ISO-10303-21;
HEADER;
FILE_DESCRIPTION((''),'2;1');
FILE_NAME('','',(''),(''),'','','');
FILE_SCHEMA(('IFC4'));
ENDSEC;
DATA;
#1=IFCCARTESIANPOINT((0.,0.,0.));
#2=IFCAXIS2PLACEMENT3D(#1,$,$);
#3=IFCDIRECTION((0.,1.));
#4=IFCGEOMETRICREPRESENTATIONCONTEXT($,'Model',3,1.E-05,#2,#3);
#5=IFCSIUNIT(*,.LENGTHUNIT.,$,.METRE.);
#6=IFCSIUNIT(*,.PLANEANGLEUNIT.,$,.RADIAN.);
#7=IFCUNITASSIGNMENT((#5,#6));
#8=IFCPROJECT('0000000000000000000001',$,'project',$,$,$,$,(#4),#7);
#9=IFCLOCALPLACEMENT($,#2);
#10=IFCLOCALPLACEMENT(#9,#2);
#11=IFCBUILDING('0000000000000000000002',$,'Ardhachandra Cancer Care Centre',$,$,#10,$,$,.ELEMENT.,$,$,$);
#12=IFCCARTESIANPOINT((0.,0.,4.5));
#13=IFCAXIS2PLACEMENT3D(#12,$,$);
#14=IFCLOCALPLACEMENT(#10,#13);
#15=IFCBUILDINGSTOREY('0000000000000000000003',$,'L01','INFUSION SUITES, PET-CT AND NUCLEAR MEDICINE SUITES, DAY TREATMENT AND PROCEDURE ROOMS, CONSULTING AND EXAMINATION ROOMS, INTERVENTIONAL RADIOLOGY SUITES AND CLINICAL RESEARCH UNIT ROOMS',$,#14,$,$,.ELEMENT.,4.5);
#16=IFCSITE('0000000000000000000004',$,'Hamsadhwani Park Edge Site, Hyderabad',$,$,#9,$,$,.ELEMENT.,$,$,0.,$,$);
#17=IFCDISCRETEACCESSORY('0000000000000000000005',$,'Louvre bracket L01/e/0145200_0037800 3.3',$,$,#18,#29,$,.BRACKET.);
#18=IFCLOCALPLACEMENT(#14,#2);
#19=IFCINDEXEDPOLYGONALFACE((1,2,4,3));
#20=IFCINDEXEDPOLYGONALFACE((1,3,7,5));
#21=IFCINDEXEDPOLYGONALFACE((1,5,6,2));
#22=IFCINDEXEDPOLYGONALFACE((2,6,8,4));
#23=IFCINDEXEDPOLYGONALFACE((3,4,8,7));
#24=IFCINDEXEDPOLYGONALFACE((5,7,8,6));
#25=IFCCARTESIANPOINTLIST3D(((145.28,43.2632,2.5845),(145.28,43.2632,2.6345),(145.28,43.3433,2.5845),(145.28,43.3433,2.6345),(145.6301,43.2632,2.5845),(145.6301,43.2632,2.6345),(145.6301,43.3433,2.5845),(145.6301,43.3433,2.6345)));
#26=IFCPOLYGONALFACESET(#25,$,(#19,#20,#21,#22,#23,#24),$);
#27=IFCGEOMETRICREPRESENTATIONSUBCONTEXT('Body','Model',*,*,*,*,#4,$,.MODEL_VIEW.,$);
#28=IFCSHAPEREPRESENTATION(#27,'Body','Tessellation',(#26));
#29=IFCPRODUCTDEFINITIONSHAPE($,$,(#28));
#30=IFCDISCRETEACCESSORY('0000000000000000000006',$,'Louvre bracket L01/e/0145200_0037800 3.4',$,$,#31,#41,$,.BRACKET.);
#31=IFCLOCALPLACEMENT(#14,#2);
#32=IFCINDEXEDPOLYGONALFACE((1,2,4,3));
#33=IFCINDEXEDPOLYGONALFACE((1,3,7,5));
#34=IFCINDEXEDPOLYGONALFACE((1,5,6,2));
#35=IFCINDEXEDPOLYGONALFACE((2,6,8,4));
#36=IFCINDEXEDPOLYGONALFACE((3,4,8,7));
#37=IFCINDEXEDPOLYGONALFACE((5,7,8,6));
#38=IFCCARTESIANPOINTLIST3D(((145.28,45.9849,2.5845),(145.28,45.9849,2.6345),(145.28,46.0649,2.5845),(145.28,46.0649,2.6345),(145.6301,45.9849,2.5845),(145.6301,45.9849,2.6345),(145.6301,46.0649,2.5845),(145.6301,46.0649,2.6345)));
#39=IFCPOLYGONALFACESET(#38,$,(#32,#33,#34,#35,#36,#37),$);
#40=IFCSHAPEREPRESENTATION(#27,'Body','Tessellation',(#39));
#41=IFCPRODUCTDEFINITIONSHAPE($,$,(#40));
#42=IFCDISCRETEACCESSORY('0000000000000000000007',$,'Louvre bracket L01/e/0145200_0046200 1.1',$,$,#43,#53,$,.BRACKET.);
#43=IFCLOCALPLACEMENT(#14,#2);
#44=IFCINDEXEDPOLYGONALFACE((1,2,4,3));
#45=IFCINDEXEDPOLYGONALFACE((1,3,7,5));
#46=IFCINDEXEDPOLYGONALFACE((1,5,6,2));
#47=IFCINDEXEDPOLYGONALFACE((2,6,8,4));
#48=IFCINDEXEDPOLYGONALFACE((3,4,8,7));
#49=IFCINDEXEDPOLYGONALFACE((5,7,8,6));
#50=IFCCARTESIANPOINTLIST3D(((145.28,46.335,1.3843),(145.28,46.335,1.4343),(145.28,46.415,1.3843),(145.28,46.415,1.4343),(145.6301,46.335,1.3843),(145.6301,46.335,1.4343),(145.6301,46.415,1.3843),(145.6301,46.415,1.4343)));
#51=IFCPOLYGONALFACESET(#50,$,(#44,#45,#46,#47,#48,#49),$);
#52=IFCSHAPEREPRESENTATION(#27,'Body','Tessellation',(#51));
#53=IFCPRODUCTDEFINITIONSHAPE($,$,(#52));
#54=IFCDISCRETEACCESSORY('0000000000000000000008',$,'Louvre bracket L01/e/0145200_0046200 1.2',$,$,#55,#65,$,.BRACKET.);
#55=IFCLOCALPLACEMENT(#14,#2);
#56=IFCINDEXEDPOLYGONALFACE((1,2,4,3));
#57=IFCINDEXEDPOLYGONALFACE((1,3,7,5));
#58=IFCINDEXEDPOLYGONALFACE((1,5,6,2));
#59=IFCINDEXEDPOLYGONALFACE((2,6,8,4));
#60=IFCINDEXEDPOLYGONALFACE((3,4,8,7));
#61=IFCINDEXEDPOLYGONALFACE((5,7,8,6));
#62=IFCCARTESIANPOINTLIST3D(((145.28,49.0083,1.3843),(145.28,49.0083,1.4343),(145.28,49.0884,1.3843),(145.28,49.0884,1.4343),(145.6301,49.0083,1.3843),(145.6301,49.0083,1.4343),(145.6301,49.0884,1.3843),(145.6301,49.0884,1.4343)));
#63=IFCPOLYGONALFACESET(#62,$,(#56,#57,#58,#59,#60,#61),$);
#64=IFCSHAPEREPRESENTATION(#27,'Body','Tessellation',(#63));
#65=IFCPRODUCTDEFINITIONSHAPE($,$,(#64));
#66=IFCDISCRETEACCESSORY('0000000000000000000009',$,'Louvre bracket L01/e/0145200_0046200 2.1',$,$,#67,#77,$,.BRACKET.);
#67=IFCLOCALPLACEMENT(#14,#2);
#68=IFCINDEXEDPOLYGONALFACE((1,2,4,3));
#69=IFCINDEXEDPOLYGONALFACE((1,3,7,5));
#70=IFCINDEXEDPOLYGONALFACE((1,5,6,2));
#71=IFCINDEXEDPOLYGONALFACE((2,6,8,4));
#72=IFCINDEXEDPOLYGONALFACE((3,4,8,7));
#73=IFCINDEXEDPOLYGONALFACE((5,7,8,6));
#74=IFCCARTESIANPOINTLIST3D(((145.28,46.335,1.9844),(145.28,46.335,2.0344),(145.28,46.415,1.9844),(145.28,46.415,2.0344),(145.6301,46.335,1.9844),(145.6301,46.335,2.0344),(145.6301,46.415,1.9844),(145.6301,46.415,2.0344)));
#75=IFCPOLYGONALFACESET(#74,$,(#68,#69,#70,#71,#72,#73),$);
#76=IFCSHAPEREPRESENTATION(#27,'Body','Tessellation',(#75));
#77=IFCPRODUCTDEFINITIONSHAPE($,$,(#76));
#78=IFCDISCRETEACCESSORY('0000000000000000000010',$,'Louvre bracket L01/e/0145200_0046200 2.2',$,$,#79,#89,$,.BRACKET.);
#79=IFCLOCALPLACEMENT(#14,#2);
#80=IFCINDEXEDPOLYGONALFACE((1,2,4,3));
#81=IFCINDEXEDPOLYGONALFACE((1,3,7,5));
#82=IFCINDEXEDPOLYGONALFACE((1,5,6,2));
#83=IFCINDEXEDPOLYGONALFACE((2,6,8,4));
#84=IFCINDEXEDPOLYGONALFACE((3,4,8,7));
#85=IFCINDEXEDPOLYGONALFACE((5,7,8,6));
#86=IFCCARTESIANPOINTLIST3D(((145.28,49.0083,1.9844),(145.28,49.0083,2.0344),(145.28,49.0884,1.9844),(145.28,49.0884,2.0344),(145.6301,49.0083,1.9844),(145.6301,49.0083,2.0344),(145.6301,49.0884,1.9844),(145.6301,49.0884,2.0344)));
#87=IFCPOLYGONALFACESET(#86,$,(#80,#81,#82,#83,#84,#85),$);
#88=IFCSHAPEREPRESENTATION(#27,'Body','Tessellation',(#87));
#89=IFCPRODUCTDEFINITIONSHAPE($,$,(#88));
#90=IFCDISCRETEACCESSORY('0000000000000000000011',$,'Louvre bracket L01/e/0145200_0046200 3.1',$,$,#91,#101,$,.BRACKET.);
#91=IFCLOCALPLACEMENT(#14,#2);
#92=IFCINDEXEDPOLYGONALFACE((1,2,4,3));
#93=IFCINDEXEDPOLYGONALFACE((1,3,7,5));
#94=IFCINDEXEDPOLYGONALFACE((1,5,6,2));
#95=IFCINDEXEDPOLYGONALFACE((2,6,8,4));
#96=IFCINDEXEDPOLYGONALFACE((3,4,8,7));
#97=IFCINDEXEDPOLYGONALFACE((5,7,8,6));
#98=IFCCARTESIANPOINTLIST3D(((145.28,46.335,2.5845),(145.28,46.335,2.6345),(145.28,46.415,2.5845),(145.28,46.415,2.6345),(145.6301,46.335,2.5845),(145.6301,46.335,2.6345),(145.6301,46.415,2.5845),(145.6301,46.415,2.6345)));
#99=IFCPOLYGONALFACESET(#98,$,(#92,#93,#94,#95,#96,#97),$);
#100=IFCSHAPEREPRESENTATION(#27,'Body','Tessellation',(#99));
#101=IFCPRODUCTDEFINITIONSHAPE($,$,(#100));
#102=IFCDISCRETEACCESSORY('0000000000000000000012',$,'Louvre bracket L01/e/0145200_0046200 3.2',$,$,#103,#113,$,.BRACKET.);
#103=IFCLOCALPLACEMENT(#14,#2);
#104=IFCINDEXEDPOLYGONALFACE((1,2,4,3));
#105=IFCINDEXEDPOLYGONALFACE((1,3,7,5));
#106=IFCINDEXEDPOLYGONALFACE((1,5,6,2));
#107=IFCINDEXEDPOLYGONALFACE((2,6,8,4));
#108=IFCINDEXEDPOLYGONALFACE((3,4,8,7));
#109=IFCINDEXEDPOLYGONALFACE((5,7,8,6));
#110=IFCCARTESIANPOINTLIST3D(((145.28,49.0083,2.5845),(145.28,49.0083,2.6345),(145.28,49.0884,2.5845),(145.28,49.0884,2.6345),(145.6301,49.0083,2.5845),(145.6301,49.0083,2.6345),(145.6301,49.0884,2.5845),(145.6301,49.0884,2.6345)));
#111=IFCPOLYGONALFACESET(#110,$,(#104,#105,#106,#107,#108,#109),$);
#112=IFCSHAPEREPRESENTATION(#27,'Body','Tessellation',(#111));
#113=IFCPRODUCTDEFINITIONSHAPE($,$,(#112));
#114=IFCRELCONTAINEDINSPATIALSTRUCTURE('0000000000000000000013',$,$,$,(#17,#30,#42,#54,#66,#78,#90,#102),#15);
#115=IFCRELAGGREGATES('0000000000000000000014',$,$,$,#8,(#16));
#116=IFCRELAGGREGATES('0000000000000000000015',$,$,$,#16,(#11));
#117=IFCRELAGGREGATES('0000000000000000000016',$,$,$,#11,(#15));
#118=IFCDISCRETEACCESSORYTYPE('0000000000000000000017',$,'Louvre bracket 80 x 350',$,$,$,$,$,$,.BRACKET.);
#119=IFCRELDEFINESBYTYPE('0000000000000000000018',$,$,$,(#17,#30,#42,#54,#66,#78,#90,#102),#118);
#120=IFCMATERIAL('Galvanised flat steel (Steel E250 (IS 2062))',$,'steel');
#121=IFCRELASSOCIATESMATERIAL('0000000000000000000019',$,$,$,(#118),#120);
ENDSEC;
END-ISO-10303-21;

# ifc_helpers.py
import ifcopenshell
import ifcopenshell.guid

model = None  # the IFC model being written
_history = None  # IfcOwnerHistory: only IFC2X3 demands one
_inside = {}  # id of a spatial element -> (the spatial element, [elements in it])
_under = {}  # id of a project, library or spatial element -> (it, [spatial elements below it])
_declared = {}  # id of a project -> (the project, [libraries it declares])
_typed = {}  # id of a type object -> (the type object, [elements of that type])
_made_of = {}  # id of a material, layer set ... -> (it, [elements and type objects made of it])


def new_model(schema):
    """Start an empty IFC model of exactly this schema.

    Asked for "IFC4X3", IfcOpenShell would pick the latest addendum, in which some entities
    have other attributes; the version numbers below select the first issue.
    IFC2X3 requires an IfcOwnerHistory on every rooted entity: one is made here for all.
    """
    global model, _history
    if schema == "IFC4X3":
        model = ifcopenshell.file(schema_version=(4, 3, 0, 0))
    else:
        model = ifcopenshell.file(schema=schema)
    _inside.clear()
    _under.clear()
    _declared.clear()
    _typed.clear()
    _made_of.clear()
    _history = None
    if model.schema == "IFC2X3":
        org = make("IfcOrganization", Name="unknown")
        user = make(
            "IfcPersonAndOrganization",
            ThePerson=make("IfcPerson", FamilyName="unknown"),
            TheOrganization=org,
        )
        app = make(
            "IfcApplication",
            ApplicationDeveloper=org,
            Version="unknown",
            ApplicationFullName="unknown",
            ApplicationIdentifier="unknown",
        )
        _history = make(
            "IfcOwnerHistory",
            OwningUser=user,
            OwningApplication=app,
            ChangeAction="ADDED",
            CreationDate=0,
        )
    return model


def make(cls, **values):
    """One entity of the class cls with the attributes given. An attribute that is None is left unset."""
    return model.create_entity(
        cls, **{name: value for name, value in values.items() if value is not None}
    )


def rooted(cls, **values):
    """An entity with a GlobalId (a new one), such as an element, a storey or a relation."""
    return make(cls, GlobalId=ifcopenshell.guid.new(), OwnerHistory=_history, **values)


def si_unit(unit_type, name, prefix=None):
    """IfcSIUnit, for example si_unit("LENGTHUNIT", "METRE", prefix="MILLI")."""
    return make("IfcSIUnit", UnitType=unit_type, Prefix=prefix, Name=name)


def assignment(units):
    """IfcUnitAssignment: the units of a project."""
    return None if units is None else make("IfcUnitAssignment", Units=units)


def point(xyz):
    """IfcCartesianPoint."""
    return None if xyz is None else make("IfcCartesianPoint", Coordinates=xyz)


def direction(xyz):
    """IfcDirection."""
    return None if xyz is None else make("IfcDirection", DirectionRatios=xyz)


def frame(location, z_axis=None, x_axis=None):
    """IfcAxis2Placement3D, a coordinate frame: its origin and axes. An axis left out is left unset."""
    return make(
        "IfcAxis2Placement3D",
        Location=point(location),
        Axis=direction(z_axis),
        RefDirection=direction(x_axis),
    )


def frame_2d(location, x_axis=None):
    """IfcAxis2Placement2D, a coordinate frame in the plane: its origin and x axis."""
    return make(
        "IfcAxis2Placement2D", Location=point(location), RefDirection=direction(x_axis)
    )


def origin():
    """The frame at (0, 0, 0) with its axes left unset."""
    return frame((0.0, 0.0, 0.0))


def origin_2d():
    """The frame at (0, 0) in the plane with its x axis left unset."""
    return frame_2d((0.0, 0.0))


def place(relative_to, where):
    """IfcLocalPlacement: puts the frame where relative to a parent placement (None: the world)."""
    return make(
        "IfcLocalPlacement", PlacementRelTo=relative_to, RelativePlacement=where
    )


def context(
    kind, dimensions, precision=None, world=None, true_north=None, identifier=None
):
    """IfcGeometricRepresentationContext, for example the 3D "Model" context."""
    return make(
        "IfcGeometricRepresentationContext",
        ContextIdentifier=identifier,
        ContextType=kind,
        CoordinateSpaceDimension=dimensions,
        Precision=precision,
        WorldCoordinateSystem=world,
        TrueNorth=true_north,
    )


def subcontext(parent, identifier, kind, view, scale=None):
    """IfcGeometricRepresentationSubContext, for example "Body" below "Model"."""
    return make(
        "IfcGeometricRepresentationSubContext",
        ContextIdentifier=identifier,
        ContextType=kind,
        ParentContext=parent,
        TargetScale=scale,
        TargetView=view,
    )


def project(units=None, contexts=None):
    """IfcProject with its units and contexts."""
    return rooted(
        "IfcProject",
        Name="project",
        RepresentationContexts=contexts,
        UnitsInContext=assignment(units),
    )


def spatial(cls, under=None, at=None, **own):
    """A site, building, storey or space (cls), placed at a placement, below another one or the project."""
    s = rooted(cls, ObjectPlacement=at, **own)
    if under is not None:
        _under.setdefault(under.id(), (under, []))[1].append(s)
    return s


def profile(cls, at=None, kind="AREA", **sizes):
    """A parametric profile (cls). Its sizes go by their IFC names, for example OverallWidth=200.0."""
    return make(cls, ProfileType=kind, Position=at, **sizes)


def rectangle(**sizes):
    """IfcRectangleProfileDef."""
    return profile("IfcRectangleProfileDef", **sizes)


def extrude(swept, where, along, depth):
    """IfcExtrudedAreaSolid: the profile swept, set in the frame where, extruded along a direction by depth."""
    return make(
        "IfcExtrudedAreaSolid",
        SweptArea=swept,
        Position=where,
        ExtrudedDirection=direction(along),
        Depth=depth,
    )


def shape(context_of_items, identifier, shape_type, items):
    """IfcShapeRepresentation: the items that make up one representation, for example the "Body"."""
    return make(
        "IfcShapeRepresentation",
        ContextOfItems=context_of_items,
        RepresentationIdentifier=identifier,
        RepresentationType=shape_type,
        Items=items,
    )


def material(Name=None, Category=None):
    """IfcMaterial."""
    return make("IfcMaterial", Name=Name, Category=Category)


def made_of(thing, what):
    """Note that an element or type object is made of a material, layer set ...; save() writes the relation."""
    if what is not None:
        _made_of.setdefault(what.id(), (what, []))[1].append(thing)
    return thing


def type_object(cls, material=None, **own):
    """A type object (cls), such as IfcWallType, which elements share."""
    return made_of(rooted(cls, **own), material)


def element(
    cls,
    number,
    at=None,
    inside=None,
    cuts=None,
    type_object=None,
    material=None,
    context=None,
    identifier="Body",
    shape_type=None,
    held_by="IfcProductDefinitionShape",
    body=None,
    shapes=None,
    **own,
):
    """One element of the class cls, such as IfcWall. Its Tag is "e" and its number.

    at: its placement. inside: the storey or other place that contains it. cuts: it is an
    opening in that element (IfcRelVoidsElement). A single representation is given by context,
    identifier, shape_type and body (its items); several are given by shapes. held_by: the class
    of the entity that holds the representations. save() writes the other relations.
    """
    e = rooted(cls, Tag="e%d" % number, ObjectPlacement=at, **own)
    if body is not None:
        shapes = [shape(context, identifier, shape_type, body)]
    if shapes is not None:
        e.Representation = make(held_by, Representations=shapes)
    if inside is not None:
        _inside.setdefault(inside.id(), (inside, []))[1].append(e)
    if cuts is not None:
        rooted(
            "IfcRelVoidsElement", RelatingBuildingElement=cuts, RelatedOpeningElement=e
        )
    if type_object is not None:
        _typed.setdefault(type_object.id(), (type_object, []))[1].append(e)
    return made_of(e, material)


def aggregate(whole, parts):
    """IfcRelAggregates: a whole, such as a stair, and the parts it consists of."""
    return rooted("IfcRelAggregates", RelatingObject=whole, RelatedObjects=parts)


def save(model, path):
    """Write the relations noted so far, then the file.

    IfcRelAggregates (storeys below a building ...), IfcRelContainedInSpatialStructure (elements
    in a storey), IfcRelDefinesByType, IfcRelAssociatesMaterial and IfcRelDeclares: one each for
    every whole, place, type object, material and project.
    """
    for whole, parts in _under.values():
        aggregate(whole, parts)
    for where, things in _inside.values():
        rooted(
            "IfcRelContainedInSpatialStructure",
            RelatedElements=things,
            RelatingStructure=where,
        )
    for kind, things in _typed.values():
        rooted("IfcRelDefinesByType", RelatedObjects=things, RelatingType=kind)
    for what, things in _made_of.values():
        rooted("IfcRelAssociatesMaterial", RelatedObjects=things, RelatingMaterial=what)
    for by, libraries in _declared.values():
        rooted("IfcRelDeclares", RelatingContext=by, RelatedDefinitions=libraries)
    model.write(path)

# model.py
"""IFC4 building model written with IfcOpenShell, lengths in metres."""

from ifc_helpers import new_model, si_unit, direction, frame, origin, origin_2d, place, context, subcontext, project, spatial, rectangle, extrude, material, type_object, element, save


model = new_model("IFC4")

# Units and contexts
model_context = context("Model", 3, precision=1e-05, world=origin(), true_north=direction((0.0, 1.0)))
body_context = subcontext(model_context, "Body", "Model", "MODEL_VIEW")
ifc_project = project(units=[si_unit("LENGTHUNIT", "METRE"), si_unit("PLANEANGLEUNIT", "RADIAN")], contexts=[model_context])

# Site, building, storey
site_placement = place(None, origin())
site = spatial("IfcSite", under=ifc_project, at=site_placement, Name="Hamsadhwani Park Edge Site, Hyderabad", CompositionType="ELEMENT", RefElevation=0.0)
building_placement = place(site_placement, origin())
building = spatial("IfcBuilding", under=site, at=building_placement, Name="Ardhachandra Cancer Care Centre", CompositionType="ELEMENT")
storey_placement = place(building_placement, frame((0.0, 0.0, 4.5)))
storey = spatial("IfcBuildingStorey", under=building, at=storey_placement, Name="L01", Description="INFUSION SUITES, PET-CT AND NUCLEAR MEDICINE SUITES, DAY TREATMENT AND PROCEDURE ROOMS, CONSULTING AND EXAMINATION ROOMS, INTERVENTIONAL RADIOLOGY SUITES AND CLINICAL RESEARCH UNIT ROOMS", CompositionType="ELEMENT", Elevation=4.5)

# Discrete accessories
ifc_material_1 = material(Name="Galvanised flat steel (Steel E250 (IS 2062))", Category="steel")
discrete_accessory_type = type_object("IfcDiscreteAccessoryType", Name="Louvre bracket 80 x 350", PredefinedType="BRACKET", material=ifc_material_1)
for number, where, z_axis, x_axis, name in (
    (1, (145.4551, 43.3032, 2.5845), (0.0, 0.0, 1.0), (0.0, 1.0, 0.0), "Louvre bracket L01/e/0145200_0037800 3.3"),
    (2, (145.4551, 46.0249, 2.5845), (0.0, 0.0, 1.0), (0.0, 1.0, 0.0), "Louvre bracket L01/e/0145200_0037800 3.4"),
    (3, (145.4551, 46.375, 1.3843), (0.0, 0.0, 1.0), (0.0, 1.0, 0.0), "Louvre bracket L01/e/0145200_0046200 1.1"),
    (4, (145.4551, 49.0483, 1.3843), (0.0, 0.0, 1.0), (0.0, 1.0, 0.0), "Louvre bracket L01/e/0145200_0046200 1.2"),
    (5, (145.4551, 46.375, 1.9844), (0.0, 0.0, 1.0), (0.0, 1.0, 0.0), "Louvre bracket L01/e/0145200_0046200 2.1"),
    (6, (145.4551, 49.0483, 1.9844), (0.0, 0.0, 1.0), (0.0, 1.0, 0.0), "Louvre bracket L01/e/0145200_0046200 2.2"),
    (7, (145.4551, 46.375, 2.5845), (0.0, 0.0, 1.0), (0.0, 1.0, 0.0), "Louvre bracket L01/e/0145200_0046200 3.1"),
    (8, (145.4551, 49.0483, 2.5845), (0.0, 0.0, 1.0), (0.0, 1.0, 0.0), "Louvre bracket L01/e/0145200_0046200 3.2"),
):
    element("IfcDiscreteAccessory", number, at=place(storey_placement, frame(where, z_axis=z_axis, x_axis=x_axis)), inside=storey, type_object=discrete_accessory_type, Name=name, PredefinedType="BRACKET", context=body_context, shape_type="SweptSolid", body=[
        extrude(rectangle(XDim=0.0801, YDim=0.3501, at=origin_2d()), origin(), (0.0, 0.0, 1.0), 0.05),
    ])

save(model, "model.ifc")
